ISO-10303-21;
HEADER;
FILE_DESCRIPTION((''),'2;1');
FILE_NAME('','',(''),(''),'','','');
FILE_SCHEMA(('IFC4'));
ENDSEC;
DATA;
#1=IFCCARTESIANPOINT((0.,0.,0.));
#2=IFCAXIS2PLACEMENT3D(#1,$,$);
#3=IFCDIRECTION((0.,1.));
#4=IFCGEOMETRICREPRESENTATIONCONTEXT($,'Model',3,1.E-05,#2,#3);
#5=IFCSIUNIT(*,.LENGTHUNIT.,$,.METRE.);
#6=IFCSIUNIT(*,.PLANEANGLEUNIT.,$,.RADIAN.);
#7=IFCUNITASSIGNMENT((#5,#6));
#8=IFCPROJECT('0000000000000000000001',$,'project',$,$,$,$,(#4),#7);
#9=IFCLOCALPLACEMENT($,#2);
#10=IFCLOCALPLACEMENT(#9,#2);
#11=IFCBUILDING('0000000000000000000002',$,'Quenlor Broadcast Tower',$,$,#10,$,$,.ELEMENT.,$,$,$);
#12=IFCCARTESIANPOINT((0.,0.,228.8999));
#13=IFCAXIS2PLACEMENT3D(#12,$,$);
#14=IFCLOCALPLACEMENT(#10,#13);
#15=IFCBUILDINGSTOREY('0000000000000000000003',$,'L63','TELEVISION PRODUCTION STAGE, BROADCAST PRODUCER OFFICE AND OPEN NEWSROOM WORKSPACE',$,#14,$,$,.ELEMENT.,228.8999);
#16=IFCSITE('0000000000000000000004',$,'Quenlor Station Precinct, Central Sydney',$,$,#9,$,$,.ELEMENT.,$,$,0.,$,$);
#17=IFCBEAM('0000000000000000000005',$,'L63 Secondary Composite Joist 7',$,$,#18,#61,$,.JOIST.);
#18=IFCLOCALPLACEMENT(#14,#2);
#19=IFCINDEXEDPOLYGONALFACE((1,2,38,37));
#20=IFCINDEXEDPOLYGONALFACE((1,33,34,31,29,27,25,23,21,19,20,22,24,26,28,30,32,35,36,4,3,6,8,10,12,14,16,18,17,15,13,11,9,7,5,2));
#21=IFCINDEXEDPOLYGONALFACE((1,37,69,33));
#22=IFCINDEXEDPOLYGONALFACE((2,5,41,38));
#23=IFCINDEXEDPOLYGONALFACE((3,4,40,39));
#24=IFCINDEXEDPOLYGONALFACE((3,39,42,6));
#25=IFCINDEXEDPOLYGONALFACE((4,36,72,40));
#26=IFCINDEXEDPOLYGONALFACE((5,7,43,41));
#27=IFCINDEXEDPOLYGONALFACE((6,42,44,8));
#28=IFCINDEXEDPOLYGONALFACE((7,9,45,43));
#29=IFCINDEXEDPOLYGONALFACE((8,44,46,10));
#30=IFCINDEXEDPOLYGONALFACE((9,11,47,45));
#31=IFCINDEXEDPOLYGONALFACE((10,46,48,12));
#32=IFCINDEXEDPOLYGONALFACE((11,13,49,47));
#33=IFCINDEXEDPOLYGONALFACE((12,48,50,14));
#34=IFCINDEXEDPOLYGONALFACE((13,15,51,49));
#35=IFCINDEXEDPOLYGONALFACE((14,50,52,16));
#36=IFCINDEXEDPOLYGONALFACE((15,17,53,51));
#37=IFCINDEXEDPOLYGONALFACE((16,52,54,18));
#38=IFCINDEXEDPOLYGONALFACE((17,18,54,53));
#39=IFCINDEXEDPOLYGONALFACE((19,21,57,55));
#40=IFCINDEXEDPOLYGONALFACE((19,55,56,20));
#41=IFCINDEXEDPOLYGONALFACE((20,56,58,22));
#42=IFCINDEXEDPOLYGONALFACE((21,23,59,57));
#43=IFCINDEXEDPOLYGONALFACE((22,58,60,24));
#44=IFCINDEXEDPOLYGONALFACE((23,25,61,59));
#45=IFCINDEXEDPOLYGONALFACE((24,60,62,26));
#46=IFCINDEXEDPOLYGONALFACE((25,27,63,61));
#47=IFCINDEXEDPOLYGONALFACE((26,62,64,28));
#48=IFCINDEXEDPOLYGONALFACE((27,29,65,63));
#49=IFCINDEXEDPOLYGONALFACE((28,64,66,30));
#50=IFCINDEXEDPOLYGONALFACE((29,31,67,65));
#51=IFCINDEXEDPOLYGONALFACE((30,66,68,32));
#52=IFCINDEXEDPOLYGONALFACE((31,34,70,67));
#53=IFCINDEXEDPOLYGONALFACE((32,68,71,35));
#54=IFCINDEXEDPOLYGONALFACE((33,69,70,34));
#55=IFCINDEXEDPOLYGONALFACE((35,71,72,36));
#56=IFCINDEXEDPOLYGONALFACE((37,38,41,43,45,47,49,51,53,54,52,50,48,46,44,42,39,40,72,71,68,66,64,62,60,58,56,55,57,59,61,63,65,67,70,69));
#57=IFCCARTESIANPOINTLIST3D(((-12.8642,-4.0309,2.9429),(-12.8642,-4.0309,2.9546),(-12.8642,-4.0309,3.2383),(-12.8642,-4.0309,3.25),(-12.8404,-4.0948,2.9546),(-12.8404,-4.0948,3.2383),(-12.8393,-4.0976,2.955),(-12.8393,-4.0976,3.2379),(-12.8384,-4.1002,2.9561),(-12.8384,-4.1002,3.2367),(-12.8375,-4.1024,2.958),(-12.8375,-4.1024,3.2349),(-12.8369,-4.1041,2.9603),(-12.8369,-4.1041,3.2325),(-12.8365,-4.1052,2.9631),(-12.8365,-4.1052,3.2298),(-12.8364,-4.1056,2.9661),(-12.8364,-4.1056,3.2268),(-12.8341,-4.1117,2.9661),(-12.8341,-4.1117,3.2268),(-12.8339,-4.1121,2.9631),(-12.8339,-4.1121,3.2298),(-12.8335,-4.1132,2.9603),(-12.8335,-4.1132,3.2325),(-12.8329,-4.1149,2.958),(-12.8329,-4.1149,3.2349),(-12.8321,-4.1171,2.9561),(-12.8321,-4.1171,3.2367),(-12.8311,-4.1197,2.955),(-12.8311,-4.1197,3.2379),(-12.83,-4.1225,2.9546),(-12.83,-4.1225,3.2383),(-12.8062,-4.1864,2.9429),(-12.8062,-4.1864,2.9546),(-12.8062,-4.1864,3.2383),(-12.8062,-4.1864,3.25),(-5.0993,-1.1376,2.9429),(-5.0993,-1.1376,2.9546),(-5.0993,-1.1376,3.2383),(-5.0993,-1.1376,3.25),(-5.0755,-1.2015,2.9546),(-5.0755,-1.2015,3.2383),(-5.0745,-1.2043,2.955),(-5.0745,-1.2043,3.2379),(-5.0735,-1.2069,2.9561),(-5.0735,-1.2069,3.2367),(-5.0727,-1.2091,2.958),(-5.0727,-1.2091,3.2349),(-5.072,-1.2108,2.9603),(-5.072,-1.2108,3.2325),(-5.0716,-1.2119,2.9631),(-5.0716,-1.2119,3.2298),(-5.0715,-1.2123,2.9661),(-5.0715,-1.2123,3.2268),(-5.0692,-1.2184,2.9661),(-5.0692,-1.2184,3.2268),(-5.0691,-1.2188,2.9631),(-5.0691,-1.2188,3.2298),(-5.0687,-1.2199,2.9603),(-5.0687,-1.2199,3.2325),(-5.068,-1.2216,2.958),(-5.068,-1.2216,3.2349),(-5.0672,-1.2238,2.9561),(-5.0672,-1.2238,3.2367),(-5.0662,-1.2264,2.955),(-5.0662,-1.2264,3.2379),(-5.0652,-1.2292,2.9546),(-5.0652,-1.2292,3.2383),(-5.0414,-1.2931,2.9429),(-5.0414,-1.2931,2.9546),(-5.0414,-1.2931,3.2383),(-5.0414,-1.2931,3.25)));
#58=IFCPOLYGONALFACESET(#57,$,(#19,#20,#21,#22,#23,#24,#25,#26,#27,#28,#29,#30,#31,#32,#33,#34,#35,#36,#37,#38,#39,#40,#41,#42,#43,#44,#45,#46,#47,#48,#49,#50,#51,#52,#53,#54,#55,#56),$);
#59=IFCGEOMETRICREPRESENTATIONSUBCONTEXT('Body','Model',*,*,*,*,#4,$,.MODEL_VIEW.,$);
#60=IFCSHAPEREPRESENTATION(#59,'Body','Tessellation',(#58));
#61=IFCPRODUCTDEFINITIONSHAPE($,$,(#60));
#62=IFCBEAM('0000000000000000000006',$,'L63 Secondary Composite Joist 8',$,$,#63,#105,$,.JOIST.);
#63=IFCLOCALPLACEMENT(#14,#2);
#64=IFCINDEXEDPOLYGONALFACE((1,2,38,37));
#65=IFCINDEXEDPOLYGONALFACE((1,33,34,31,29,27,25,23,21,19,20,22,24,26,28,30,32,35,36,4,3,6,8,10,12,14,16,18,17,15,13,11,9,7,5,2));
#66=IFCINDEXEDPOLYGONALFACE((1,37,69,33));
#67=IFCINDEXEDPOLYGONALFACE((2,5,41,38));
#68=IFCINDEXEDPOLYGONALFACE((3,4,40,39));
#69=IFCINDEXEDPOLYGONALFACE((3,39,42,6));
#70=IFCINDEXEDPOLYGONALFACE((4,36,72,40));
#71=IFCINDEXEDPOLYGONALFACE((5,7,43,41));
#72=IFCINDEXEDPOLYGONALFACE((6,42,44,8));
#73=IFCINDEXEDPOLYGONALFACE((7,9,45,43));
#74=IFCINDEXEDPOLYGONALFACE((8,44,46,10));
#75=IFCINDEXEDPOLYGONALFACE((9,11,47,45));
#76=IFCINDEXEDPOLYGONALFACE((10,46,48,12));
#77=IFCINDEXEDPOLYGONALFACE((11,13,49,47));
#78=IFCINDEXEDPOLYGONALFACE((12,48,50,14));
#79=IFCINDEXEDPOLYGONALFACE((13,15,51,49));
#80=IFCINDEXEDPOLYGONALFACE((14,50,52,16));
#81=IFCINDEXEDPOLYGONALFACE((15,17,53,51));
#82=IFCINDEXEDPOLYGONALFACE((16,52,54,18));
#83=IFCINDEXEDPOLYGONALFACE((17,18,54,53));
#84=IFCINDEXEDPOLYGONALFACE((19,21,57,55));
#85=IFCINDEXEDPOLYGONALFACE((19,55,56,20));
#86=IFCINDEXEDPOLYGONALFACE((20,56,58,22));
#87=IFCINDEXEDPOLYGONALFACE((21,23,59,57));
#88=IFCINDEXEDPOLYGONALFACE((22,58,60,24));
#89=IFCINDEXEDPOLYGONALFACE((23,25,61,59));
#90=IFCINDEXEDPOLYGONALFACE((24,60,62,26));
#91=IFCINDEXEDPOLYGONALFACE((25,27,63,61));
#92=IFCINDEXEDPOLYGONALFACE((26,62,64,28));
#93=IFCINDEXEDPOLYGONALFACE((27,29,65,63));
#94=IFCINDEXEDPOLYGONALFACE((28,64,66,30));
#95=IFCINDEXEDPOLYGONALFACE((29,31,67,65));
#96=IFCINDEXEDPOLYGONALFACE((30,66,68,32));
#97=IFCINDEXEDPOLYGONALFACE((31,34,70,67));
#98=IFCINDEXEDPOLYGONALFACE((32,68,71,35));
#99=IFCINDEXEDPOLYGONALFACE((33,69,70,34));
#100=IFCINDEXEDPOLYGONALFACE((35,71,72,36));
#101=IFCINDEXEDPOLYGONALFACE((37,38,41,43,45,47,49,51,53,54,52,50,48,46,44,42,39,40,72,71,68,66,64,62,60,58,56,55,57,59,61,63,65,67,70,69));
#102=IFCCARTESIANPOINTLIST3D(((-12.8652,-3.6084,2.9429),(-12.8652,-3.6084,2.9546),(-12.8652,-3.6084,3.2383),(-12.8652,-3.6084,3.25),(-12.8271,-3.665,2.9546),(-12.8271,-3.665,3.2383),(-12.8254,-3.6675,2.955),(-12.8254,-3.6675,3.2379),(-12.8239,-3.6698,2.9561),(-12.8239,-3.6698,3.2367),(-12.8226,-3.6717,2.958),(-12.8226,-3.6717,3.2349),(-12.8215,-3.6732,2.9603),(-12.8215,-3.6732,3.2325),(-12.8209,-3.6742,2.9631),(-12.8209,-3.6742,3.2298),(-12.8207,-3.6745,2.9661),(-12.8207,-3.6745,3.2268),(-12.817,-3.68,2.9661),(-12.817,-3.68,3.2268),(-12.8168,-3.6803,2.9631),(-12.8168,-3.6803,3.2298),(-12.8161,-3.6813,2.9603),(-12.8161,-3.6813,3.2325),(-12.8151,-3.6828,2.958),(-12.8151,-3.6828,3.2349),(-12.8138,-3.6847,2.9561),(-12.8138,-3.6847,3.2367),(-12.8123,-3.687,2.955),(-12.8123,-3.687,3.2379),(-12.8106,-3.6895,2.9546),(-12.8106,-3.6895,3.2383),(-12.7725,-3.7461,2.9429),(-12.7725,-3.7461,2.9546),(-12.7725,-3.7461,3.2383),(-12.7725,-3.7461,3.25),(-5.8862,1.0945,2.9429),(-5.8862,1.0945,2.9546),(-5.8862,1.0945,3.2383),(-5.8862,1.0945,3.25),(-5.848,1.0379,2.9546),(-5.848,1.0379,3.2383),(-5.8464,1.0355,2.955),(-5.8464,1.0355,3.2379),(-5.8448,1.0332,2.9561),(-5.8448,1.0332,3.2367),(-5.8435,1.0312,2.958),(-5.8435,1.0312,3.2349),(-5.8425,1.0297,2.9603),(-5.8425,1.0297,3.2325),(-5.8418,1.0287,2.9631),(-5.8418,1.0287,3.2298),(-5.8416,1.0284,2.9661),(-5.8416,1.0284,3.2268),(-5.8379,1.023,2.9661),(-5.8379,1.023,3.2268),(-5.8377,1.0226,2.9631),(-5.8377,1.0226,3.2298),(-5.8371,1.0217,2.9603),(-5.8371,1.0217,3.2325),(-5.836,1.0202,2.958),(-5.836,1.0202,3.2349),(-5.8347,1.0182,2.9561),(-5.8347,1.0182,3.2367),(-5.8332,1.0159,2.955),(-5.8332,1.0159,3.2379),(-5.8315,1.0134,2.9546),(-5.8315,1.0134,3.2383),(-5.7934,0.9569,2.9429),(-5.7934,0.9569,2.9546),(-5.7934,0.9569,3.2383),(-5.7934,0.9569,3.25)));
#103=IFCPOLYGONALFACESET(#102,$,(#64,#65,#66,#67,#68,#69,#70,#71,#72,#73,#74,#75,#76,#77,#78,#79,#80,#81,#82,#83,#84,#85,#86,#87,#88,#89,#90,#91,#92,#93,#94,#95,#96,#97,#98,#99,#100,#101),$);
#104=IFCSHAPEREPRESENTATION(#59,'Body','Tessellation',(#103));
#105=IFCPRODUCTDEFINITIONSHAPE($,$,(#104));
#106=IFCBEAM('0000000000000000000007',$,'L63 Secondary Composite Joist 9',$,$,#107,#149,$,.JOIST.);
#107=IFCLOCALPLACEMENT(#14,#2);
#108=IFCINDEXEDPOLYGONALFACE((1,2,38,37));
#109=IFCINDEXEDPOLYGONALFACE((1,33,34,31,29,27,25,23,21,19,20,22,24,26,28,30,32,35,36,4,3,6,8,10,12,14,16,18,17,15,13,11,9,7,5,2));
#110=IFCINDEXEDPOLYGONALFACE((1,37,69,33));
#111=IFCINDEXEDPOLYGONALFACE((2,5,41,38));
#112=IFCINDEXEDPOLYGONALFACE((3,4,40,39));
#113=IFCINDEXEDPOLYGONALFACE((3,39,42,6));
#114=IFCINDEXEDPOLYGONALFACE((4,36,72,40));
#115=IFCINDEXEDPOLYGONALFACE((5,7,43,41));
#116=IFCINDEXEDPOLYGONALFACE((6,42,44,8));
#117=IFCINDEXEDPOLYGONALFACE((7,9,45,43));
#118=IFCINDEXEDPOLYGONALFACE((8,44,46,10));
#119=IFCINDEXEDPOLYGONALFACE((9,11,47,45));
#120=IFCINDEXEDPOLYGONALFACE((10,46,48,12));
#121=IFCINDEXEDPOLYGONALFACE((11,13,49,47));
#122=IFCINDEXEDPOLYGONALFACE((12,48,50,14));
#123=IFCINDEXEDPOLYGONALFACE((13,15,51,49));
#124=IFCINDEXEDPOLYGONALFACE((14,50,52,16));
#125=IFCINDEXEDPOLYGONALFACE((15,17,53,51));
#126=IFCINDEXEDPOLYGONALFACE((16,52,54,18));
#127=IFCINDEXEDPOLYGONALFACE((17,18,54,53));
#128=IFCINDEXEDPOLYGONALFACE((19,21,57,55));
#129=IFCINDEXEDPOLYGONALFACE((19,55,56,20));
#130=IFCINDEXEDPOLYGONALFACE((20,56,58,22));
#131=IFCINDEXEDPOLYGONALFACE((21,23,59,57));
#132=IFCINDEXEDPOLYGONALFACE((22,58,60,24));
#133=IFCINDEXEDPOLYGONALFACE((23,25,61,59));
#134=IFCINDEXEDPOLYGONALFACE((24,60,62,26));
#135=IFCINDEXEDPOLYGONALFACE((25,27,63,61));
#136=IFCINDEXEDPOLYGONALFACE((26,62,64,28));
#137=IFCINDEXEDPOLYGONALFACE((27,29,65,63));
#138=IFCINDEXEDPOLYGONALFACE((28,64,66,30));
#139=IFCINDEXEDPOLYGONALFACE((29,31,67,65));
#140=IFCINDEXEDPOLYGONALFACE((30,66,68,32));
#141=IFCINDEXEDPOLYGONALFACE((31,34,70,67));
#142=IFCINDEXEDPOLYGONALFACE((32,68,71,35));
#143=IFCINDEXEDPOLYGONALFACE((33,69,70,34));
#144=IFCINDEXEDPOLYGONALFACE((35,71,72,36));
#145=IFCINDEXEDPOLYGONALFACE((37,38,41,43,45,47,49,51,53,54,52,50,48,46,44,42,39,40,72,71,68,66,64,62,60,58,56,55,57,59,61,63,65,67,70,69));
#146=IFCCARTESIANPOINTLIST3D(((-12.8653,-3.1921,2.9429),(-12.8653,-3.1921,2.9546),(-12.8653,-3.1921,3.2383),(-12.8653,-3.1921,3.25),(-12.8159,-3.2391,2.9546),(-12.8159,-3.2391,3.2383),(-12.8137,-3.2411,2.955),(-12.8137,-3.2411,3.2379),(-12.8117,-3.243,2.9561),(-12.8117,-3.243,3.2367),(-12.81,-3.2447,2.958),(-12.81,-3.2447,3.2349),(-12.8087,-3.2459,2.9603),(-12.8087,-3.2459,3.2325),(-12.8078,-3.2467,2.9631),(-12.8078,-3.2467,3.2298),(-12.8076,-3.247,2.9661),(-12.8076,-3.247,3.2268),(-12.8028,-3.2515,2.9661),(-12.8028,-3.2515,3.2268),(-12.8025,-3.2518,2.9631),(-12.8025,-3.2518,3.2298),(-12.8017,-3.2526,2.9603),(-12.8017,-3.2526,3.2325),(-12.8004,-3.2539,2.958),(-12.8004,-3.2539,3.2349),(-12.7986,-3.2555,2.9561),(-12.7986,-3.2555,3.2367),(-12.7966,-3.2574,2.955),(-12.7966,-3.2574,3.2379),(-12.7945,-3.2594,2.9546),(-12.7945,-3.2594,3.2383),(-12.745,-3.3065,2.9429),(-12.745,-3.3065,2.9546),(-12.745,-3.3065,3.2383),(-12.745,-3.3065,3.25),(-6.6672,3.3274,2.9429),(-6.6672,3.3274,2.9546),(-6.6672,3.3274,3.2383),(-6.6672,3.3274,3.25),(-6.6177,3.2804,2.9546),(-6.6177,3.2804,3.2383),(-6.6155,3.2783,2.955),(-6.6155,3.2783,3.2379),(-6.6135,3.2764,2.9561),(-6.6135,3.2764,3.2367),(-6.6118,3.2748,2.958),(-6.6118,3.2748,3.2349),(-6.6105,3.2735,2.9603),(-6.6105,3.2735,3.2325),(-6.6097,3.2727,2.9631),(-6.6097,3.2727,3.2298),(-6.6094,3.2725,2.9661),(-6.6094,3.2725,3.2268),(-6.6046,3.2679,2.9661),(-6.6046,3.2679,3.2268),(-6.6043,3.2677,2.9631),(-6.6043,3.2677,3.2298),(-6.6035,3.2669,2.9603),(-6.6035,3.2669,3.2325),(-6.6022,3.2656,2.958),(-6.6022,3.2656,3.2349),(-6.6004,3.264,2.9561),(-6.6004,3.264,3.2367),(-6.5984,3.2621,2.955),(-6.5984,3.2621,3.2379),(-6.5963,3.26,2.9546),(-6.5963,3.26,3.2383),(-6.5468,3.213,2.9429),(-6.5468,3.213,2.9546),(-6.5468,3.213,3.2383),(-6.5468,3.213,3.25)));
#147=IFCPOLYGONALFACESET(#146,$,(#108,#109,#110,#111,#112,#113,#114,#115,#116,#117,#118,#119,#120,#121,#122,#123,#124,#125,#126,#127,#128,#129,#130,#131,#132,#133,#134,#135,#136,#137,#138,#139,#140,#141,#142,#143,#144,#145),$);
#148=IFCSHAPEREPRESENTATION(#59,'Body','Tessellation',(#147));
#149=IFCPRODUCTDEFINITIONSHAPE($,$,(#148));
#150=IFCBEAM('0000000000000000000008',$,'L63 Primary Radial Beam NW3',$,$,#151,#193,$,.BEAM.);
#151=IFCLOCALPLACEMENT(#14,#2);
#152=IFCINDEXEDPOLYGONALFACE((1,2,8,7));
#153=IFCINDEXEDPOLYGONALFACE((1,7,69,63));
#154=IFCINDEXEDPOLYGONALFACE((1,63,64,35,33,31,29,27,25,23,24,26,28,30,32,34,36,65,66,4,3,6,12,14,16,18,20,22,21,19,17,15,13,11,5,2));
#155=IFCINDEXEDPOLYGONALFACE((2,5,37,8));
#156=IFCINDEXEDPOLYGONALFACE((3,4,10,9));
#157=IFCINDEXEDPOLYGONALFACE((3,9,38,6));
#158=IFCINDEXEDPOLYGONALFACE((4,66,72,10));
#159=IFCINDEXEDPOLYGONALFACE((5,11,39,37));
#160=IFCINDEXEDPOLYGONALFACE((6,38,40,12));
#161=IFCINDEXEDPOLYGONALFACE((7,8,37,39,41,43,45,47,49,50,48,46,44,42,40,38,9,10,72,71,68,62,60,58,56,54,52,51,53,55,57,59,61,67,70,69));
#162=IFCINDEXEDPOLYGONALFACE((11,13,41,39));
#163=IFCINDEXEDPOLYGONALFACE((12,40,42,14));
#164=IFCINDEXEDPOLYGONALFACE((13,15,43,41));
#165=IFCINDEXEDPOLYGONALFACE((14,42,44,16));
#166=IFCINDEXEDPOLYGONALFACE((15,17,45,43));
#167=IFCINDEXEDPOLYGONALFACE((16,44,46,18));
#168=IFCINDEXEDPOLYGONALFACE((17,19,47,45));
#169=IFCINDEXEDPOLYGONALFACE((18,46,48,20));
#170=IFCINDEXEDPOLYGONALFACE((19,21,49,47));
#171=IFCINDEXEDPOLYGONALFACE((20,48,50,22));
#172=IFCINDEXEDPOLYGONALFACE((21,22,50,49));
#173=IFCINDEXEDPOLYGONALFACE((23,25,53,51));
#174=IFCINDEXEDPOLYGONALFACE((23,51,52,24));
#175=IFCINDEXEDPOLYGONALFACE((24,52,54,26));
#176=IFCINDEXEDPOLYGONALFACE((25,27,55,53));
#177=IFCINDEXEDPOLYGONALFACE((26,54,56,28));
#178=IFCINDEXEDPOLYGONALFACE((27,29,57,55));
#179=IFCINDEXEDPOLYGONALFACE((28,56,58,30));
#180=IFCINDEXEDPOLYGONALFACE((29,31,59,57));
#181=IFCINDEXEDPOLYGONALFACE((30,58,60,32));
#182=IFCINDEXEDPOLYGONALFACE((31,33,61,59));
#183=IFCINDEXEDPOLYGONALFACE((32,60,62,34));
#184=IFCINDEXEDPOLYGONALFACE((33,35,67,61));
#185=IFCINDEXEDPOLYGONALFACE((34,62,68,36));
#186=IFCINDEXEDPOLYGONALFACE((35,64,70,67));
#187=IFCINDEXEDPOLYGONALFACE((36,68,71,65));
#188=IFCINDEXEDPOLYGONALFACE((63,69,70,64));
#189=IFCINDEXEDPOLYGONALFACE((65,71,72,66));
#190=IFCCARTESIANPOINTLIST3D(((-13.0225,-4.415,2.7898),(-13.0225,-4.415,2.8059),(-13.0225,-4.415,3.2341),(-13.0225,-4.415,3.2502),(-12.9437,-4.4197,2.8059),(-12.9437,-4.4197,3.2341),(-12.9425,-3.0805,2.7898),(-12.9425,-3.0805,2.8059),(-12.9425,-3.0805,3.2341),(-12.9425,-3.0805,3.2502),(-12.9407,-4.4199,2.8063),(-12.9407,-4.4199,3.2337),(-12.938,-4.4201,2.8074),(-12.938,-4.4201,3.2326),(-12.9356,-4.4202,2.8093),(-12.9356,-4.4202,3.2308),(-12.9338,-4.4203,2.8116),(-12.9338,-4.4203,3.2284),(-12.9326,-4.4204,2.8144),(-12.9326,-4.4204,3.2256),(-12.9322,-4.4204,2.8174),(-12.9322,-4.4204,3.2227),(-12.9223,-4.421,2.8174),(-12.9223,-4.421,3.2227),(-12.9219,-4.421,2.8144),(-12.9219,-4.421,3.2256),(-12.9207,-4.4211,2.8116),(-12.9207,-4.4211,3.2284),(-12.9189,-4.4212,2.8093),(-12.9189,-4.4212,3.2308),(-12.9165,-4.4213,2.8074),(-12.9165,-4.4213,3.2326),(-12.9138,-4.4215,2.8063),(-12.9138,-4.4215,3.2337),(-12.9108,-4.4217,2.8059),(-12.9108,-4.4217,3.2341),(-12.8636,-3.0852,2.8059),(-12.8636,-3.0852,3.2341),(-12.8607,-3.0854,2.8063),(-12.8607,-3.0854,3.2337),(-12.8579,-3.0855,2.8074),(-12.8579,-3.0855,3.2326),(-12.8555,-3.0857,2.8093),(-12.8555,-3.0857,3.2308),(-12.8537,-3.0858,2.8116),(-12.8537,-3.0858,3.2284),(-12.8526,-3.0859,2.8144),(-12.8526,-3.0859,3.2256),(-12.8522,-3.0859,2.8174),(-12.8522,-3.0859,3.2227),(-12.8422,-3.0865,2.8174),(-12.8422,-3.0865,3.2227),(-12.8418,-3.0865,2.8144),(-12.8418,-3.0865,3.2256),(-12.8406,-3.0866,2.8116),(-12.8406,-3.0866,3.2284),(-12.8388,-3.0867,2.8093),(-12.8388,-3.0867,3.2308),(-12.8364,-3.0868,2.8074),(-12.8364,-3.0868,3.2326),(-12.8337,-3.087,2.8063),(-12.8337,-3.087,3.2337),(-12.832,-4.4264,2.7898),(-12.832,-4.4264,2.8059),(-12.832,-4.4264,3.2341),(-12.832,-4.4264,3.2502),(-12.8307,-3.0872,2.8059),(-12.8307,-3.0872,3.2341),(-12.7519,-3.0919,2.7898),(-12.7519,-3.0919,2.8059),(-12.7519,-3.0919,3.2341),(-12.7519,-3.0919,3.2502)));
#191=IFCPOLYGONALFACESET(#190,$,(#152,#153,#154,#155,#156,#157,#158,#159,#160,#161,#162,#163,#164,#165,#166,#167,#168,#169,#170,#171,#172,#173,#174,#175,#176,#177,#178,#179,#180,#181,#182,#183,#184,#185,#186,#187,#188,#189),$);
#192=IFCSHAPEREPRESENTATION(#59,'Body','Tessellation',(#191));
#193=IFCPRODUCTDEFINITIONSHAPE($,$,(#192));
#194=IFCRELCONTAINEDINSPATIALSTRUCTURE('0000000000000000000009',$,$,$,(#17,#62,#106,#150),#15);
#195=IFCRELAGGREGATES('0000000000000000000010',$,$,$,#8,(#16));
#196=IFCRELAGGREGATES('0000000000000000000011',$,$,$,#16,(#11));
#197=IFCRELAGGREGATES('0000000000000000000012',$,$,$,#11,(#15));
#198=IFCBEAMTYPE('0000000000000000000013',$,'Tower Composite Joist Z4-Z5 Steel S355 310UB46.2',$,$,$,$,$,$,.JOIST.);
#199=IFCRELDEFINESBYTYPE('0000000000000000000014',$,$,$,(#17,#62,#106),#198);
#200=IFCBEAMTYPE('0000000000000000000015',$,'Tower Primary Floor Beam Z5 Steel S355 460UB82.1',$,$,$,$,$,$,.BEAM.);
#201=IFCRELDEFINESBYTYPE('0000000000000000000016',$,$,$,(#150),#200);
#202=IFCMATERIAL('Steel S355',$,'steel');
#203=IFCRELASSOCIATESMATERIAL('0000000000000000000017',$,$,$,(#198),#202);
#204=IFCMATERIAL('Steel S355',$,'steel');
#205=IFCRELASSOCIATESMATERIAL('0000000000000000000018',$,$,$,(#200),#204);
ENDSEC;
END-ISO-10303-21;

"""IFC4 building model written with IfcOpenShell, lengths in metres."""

from ifc_helpers import new_model, si_unit, direction, frame, origin, origin_2d, place, context, subcontext, project, spatial, i_section, extrude, material, material_profile, profile_set, type_object, element, save


model = new_model("IFC4")

# Units and contexts
model_context = context("Model", 3, precision=1e-05, world=origin(), true_north=direction((0.0, 1.0)))
body_context = subcontext(model_context, "Body", "Model", "MODEL_VIEW")
ifc_project = project(units=[si_unit("LENGTHUNIT", "METRE"), si_unit("PLANEANGLEUNIT", "RADIAN")], contexts=[model_context])

# Site, building, storey
site_placement = place(None, origin())
site = spatial("IfcSite", under=ifc_project, at=site_placement, Name="Quenlor Station Precinct, Central Sydney", CompositionType="ELEMENT", RefElevation=0.0)
building_placement = place(site_placement, origin())
building = spatial("IfcBuilding", under=site, at=building_placement, Name="Quenlor Broadcast Tower", CompositionType="ELEMENT")
storey_placement = place(building_placement, frame((0.0, 0.0, 228.8999)))
storey = spatial("IfcBuildingStorey", under=building, at=storey_placement, Name="L63", Description="TELEVISION PRODUCTION STAGE, BROADCAST PRODUCER OFFICE AND OPEN NEWSROOM WORKSPACE", CompositionType="ELEMENT", Elevation=228.8999)

# Beams
ifc_material_1 = material(Name="Steel S355", Category="steel")
ifc_material_profile_1 = material_profile(ifc_material_1, i_section(OverallWidth=0.166, OverallDepth=0.3071, WebThickness=0.0066, FlangeThickness=0.0117, FilletRadius=0.0115, at=origin_2d()))
ifc_profile_set_1 = profile_set([ifc_material_profile_1], Name="Steel S355 310UB46.2")
beam_type_1 = type_object("IfcBeamType", Name="Tower Composite Joist Z4-Z5 Steel S355 310UB46.2", PredefinedType="JOIST", material=ifc_profile_set_1)
beam_1_placement = place(storey_placement, frame((-12.8352, -4.1086, 3.0964), z_axis=(0.937062, 0.349163, 0.0), x_axis=(-0.349163, 0.937062, 0.0)))
element("IfcBeam", 1, at=beam_1_placement, inside=storey, type_object=beam_type_1, Name="L63 Secondary Composite Joist 7", PredefinedType="JOIST", context=body_context, shape_type="SweptSolid", body=[
    extrude(i_section(OverallWidth=0.166, OverallDepth=0.3071, WebThickness=0.0066, FlangeThickness=0.0117, FilletRadius=0.0115, at=origin_2d()), origin(), (0.0, 0.0, 1.0), 8.2864),
])
beam_2_placement = place(storey_placement, frame((-12.8188, -3.6772, 3.0964), z_axis=(0.829286, 0.558824, 0.0), x_axis=(-0.558824, 0.829286, 0.0)))
element("IfcBeam", 2, at=beam_2_placement, inside=storey, type_object=beam_type_1, Name="L63 Secondary Composite Joist 8", PredefinedType="JOIST", context=body_context, shape_type="SweptSolid", body=[
    extrude(i_section(OverallWidth=0.166, OverallDepth=0.3071, WebThickness=0.0066, FlangeThickness=0.0117, FilletRadius=0.0115, at=origin_2d()), origin(), (0.0, 0.0, 1.0), 8.4158),
])
beam_3_placement = place(storey_placement, frame((-12.8052, -3.2493, 3.0964), z_axis=(0.689023, 0.724739, 0.0), x_axis=(-0.724739, 0.689023, 0.0)))
element("IfcBeam", 3, at=beam_3_placement, inside=storey, type_object=beam_type_1, Name="L63 Secondary Composite Joist 9", PredefinedType="JOIST", context=body_context, shape_type="SweptSolid", body=[
    extrude(i_section(OverallWidth=0.166, OverallDepth=0.3071, WebThickness=0.0066, FlangeThickness=0.0117, FilletRadius=0.0115, at=origin_2d()), origin(), (0.0, 0.0, 1.0), 8.9956),
])
ifc_material_2 = material(Name="Steel S355", Category="steel")
ifc_material_profile_2 = material_profile(ifc_material_2, i_section(OverallWidth=0.1909, OverallDepth=0.4604, WebThickness=0.01, FlangeThickness=0.0161, FilletRadius=0.0115, at=origin_2d()))
ifc_profile_set_2 = profile_set([ifc_material_profile_2], Name="Steel S355 460UB82.1")
beam_type_2 = type_object("IfcBeamType", Name="Tower Primary Floor Beam Z5 Steel S355 460UB82.1", PredefinedType="BEAM", material=ifc_profile_set_2)
beam_4_placement = place(storey_placement, frame((-12.8472, -3.0862, 3.02), z_axis=(-0.0599, -0.998204, 0.0), x_axis=(0.998204, -0.0599, 0.0)))
element("IfcBeam", 4, at=beam_4_placement, inside=storey, type_object=beam_type_2, Name="L63 Primary Radial Beam NW3", PredefinedType="BEAM", context=body_context, shape_type="SweptSolid", body=[
    extrude(i_section(OverallWidth=0.1909, OverallDepth=0.4604, WebThickness=0.01, FlangeThickness=0.0161, FilletRadius=0.0115, at=origin_2d()), origin(), (0.0, 0.0, 1.0), 1.3369),
])

save(model, "model.ifc")
